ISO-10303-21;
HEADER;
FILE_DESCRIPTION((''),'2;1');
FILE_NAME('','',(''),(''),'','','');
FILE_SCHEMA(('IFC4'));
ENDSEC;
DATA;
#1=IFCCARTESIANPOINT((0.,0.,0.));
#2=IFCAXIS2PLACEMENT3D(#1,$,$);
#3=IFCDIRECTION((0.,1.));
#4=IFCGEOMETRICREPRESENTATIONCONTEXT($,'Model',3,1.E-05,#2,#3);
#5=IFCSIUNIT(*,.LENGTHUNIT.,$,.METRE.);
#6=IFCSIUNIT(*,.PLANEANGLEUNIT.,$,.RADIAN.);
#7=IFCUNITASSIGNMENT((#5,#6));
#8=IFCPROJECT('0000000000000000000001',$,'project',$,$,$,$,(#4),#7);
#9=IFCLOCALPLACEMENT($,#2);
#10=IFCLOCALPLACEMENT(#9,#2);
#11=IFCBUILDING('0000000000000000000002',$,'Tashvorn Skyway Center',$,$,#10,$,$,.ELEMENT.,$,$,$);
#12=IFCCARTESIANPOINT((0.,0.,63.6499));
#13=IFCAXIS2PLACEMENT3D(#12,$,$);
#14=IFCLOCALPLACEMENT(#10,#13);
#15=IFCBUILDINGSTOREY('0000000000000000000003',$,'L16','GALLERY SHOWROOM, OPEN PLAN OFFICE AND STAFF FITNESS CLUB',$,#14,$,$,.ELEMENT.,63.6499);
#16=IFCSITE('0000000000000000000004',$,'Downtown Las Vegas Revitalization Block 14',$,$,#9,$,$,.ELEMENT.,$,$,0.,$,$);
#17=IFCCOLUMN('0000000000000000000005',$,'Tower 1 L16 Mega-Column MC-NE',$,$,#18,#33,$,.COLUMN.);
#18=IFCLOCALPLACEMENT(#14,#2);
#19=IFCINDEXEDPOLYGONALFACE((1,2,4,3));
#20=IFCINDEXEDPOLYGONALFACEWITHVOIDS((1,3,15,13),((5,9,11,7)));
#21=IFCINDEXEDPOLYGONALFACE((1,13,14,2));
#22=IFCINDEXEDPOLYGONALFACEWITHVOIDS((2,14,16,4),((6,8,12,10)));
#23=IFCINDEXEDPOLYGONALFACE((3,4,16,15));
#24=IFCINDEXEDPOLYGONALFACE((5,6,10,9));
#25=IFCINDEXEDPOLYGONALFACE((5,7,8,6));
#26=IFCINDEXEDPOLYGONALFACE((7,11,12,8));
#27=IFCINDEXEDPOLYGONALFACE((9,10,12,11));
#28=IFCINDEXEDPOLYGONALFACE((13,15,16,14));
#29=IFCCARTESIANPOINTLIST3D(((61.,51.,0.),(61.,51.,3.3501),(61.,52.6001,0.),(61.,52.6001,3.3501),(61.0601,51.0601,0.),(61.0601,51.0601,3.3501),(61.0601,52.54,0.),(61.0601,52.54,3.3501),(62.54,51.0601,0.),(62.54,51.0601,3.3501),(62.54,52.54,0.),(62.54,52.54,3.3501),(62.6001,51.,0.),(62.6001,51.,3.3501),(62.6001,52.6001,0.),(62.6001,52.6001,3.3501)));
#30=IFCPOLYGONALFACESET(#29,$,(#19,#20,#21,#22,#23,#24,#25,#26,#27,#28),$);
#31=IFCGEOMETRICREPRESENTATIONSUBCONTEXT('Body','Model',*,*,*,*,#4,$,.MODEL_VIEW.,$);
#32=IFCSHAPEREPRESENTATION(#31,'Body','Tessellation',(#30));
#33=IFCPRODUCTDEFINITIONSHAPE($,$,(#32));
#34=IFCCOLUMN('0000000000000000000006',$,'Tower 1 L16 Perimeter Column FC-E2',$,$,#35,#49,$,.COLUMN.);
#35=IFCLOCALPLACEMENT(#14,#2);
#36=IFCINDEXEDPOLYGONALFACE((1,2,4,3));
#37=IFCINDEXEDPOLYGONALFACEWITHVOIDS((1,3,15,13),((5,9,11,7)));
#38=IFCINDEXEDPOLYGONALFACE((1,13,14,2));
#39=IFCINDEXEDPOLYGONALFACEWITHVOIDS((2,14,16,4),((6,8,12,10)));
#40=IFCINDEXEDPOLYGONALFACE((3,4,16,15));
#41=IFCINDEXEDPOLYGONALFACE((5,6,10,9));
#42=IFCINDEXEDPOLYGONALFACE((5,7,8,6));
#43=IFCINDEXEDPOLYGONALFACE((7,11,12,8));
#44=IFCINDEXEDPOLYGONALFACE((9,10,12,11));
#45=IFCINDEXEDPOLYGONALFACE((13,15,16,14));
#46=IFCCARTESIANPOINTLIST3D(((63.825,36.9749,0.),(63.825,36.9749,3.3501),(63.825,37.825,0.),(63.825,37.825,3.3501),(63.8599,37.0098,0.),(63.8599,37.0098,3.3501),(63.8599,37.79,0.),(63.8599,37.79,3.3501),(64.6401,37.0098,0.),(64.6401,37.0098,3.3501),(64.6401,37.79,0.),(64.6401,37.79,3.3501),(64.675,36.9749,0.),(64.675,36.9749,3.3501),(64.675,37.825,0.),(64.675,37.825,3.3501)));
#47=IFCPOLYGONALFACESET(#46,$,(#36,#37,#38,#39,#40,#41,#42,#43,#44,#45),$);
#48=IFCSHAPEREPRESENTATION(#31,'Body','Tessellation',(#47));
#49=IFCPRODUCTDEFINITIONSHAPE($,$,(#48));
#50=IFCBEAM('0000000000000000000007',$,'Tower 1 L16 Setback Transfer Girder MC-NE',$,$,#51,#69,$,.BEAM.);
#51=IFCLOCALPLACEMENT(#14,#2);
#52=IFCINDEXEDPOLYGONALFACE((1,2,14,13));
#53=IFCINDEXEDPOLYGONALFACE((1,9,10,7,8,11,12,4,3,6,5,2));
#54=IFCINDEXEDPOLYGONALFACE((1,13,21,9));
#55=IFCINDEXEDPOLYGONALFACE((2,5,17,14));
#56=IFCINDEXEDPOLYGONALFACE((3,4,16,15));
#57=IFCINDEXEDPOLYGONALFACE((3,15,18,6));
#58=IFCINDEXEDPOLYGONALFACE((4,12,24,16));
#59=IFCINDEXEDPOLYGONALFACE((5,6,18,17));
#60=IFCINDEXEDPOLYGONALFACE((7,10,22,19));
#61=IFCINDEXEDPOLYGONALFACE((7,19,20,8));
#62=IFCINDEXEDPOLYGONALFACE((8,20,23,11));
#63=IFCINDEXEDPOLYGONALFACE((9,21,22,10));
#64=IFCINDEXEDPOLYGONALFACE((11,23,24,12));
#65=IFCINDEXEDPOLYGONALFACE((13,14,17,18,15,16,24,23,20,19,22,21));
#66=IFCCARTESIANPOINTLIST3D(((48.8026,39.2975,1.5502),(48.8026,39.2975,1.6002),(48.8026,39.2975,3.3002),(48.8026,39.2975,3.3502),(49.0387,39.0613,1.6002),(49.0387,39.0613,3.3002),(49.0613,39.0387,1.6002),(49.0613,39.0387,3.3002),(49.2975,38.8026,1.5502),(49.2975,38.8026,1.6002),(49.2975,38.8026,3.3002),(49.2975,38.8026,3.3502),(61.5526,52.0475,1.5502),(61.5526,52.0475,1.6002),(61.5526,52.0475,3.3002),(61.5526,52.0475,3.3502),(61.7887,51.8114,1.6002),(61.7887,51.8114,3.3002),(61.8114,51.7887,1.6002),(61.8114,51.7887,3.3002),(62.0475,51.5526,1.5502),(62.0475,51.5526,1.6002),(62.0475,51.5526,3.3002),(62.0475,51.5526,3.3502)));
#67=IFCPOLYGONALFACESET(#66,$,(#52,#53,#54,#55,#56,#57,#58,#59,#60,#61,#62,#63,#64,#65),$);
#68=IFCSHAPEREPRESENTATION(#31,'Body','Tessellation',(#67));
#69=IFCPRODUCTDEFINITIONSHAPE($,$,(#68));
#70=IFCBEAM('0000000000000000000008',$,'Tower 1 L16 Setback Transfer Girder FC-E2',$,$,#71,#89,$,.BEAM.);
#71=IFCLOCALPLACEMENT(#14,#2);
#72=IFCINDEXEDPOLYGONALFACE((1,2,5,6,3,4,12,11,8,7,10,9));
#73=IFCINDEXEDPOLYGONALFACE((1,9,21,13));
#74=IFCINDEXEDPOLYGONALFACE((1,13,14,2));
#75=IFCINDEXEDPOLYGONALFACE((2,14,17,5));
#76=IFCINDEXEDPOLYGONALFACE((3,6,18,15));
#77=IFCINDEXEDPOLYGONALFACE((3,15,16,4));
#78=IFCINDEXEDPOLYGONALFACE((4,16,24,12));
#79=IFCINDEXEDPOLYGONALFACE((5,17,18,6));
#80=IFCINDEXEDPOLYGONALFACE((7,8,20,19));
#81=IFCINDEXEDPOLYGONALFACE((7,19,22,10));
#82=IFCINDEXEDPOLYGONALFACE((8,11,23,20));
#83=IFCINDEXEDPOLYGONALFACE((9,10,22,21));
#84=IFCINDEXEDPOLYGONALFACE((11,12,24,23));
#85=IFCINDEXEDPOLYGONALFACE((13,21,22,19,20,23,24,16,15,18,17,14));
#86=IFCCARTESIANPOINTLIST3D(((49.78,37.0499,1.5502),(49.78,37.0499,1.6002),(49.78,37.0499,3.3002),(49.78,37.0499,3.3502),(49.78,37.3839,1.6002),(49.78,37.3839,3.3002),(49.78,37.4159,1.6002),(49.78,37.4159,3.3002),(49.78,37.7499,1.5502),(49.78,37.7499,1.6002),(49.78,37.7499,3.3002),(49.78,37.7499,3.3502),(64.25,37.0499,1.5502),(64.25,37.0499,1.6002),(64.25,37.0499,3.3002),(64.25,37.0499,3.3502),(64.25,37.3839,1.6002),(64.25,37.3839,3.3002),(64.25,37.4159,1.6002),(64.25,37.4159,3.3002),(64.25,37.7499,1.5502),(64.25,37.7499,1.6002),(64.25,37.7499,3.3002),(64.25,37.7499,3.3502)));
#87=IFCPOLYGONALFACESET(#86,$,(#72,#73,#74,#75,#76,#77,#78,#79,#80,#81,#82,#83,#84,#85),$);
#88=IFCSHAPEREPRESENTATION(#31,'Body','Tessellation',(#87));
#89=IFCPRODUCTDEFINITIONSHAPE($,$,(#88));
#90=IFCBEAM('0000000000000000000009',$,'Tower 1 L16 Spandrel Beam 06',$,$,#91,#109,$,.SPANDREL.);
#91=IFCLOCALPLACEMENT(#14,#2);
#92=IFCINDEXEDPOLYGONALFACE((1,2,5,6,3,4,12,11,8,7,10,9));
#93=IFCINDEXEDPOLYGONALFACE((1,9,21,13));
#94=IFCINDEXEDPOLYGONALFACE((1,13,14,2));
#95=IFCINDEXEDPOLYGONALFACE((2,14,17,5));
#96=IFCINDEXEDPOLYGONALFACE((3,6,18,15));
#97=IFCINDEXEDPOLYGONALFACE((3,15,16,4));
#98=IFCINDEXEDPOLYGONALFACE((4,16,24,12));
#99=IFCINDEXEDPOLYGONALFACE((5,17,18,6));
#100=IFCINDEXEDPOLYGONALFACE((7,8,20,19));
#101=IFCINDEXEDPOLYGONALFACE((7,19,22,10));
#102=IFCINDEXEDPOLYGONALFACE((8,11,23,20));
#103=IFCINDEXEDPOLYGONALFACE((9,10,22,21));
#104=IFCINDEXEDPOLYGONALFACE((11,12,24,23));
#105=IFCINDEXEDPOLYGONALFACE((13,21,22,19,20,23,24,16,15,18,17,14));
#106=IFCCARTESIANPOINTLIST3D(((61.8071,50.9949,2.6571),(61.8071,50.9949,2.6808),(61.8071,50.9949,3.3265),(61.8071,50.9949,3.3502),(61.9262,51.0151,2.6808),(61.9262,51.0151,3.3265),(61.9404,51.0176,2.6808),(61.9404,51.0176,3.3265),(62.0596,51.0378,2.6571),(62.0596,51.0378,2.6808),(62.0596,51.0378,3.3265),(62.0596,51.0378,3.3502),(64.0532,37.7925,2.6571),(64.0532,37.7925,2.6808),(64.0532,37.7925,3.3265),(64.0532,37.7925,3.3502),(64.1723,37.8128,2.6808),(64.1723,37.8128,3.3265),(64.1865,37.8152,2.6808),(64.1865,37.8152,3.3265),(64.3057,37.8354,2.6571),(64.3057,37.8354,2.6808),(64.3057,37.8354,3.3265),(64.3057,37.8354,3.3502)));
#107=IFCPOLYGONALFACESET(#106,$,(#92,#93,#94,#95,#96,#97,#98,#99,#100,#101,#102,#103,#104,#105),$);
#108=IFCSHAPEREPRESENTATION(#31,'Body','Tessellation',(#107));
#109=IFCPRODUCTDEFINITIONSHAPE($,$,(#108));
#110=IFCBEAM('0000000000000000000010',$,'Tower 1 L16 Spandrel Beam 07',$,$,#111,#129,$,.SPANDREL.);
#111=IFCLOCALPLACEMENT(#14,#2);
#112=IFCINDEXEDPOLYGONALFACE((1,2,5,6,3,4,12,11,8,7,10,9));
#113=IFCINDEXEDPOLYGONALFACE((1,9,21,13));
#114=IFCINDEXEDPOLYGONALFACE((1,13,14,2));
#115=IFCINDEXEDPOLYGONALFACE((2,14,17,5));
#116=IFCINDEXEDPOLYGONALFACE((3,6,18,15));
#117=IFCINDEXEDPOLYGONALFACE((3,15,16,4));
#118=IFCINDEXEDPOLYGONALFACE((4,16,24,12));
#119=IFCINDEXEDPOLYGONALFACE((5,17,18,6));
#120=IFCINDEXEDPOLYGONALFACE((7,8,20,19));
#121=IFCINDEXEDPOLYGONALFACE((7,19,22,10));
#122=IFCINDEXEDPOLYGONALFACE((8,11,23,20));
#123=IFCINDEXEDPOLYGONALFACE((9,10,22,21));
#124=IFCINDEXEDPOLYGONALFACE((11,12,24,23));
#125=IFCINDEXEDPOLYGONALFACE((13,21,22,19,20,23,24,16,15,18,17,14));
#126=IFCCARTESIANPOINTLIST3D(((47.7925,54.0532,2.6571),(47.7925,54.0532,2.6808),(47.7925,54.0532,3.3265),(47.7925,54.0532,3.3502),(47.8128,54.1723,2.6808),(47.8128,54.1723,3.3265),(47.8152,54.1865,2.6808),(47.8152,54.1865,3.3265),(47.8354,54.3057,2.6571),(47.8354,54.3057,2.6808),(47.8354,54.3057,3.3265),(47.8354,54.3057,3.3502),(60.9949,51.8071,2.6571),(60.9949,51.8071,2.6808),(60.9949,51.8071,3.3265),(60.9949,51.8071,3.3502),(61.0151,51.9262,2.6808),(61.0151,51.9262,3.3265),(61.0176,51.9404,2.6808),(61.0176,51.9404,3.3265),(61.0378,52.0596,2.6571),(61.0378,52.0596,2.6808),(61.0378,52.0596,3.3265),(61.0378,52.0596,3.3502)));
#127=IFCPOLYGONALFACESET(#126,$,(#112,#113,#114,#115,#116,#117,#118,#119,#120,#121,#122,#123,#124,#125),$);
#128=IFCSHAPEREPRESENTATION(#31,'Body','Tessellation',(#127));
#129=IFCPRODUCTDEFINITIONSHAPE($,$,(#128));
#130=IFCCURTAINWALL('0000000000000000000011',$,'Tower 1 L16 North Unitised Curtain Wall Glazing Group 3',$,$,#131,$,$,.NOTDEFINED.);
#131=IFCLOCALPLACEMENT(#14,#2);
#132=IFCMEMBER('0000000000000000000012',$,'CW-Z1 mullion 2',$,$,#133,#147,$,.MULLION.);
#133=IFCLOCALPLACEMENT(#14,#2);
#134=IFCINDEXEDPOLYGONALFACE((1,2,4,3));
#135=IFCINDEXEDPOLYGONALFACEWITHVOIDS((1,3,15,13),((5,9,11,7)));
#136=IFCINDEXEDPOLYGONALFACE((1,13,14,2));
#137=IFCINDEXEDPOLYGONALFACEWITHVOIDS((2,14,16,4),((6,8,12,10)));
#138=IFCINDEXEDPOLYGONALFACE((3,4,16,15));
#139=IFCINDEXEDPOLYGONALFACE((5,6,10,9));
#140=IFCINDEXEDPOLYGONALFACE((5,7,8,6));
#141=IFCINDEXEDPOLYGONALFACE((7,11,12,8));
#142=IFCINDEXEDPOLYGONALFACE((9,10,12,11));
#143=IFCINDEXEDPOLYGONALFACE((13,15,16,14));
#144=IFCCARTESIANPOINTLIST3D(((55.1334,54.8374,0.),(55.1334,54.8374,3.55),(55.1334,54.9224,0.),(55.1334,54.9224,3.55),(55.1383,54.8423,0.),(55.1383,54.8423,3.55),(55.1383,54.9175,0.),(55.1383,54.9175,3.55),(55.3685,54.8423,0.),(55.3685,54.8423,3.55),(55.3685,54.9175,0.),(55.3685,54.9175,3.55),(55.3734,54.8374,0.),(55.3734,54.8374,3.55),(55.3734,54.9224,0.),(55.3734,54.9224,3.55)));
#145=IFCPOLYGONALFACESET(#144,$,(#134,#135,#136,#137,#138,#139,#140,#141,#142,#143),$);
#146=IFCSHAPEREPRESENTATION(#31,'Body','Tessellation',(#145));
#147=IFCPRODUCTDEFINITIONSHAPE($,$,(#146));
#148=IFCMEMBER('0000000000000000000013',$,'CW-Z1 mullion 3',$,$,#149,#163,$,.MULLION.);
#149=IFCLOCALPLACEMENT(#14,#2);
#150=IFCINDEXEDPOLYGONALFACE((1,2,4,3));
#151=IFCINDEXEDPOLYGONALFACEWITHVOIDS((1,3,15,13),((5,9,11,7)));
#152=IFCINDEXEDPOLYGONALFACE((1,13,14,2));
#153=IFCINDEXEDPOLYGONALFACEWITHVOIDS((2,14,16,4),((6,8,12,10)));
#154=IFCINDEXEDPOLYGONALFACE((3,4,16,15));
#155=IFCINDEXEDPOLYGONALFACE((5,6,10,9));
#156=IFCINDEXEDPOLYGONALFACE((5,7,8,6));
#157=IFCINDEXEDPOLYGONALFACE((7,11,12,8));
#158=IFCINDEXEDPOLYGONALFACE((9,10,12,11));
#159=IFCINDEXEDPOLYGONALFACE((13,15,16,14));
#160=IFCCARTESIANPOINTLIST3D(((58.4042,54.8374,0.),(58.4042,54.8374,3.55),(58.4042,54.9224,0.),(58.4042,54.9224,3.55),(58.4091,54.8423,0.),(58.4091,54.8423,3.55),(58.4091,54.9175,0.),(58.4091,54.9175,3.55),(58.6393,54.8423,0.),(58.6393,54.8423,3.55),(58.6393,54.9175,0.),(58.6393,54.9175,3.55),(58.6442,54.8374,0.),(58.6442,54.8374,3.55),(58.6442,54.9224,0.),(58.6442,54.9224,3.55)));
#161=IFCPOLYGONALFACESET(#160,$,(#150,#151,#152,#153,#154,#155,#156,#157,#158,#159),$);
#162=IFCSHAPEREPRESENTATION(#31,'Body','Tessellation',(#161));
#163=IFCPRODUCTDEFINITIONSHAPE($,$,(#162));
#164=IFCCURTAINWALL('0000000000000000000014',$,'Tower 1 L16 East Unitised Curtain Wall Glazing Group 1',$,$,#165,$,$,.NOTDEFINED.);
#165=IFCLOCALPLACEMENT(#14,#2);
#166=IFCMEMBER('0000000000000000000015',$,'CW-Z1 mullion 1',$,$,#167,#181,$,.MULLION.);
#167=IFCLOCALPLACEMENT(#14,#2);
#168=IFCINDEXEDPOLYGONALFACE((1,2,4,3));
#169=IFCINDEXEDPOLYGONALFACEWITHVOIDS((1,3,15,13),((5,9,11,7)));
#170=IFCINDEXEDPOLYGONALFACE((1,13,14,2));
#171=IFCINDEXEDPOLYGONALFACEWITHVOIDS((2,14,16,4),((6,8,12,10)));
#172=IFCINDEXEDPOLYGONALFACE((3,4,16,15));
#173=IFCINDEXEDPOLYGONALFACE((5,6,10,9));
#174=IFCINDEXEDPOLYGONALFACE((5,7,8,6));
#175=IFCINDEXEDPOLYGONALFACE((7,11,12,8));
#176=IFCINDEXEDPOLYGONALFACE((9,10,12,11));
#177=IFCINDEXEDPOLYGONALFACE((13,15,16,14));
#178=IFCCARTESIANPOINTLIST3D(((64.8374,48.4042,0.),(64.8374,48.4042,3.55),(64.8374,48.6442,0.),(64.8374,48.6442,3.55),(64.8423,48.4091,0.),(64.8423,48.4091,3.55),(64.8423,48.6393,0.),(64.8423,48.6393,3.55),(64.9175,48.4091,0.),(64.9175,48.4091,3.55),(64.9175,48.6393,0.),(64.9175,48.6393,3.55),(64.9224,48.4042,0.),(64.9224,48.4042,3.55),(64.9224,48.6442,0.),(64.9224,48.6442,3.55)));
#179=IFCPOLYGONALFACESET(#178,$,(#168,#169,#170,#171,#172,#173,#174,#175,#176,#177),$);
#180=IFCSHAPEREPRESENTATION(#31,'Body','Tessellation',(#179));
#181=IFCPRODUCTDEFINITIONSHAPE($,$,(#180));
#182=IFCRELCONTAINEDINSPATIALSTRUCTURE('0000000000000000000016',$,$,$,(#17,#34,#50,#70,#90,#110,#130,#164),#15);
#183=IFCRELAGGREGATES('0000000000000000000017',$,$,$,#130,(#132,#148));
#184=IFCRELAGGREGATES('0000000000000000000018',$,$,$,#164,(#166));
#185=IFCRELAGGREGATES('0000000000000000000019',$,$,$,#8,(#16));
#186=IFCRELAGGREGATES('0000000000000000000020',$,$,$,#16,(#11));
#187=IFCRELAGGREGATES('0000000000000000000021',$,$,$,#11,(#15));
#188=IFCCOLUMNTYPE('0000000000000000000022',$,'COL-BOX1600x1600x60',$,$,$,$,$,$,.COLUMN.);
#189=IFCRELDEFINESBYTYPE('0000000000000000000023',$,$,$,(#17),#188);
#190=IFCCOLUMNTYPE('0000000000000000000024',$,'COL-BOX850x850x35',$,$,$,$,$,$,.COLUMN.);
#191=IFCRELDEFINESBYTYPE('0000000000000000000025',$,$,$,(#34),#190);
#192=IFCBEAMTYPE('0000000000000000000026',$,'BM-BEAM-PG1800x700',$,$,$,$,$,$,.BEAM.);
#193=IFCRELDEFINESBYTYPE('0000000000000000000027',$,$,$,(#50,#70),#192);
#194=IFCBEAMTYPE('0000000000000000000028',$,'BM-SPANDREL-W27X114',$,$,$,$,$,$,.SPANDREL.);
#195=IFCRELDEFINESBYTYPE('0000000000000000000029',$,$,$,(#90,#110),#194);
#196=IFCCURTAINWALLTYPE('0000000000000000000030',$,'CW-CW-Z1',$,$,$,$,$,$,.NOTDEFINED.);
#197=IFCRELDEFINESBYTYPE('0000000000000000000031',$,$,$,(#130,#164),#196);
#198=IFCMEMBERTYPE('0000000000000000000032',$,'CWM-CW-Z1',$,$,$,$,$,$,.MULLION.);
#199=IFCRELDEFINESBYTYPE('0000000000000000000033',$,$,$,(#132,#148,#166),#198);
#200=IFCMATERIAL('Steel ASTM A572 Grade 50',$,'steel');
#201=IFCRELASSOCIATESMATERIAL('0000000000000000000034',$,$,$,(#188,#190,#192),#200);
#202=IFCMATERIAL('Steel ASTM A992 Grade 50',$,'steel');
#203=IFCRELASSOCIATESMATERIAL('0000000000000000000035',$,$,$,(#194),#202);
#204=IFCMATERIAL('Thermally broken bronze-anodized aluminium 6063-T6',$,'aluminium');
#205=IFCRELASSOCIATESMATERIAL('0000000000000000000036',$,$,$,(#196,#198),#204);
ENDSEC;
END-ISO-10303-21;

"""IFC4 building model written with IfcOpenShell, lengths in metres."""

from ifc_helpers import new_model, si_unit, direction, frame, origin, origin_2d, place, context, subcontext, project, spatial, hollow_rectangle, i_section, extrude, material, material_profile, profile_set, type_object, element, aggregate, save


model = new_model("IFC4")

# Units and contexts
model_context = context("Model", 3, precision=1e-05, world=origin(), true_north=direction((0.0, 1.0)))
body_context = subcontext(model_context, "Body", "Model", "MODEL_VIEW")
ifc_project = project(units=[si_unit("LENGTHUNIT", "METRE"), si_unit("PLANEANGLEUNIT", "RADIAN")], contexts=[model_context])

# Site, building, storey
site_placement = place(None, origin())
site = spatial("IfcSite", under=ifc_project, at=site_placement, Name="Downtown Las Vegas Revitalization Block 14", CompositionType="ELEMENT", RefElevation=0.0)
building_placement = place(site_placement, origin())
building = spatial("IfcBuilding", under=site, at=building_placement, Name="Tashvorn Skyway Center", CompositionType="ELEMENT")
storey_placement = place(building_placement, frame((0.0, 0.0, 63.6499)))
storey = spatial("IfcBuildingStorey", under=building, at=storey_placement, Name="L16", Description="GALLERY SHOWROOM, OPEN PLAN OFFICE AND STAFF FITNESS CLUB", CompositionType="ELEMENT", Elevation=63.6499)

# Columns
ifc_material_1 = material(Name="Steel ASTM A572 Grade 50", Category="steel")
ifc_material_profile_1 = material_profile(ifc_material_1, hollow_rectangle(XDim=1.6001, YDim=1.6001, WallThickness=0.0601, at=origin_2d()), Name="BOX1600x1600x60")
ifc_profile_set_1 = profile_set([ifc_material_profile_1], Name="Steel ASTM A572 Grade 50")
column_type_1 = type_object("IfcColumnType", Name="COL-BOX1600x1600x60", PredefinedType="COLUMN", material=ifc_profile_set_1)
column_1_placement = place(storey_placement, frame((61.8, 51.8, 0.0), z_axis=(0.0, 0.0, 1.0), x_axis=(1.0, 0.0, 0.0)))
element("IfcColumn", 1, at=column_1_placement, inside=storey, type_object=column_type_1, Name="Tower 1 L16 Mega-Column MC-NE", PredefinedType="COLUMN", context=body_context, shape_type="SweptSolid", body=[
    extrude(hollow_rectangle(XDim=1.6001, YDim=1.6001, WallThickness=0.0601, at=origin_2d()), origin(), (0.0, 0.0, 1.0), 3.3501),
])
ifc_material_profile_2 = material_profile(ifc_material_1, hollow_rectangle(XDim=0.8501, YDim=0.8501, WallThickness=0.0349, at=origin_2d()), Name="BOX850x850x35")
ifc_profile_set_2 = profile_set([ifc_material_profile_2], Name="Steel ASTM A572 Grade 50")
column_type_2 = type_object("IfcColumnType", Name="COL-BOX850x850x35", PredefinedType="COLUMN", material=ifc_profile_set_2)
column_2_placement = place(storey_placement, frame((64.25, 37.3999, 0.0), z_axis=(0.0, 0.0, 1.0), x_axis=(1.0, 0.0, 0.0)))
element("IfcColumn", 2, at=column_2_placement, inside=storey, type_object=column_type_2, Name="Tower 1 L16 Perimeter Column FC-E2", PredefinedType="COLUMN", context=body_context, shape_type="SweptSolid", body=[
    extrude(hollow_rectangle(XDim=0.8501, YDim=0.8501, WallThickness=0.0349, at=origin_2d()), origin(), (0.0, 0.0, 1.0), 3.3501),
])

# Beams
ifc_material_profile_3 = material_profile(ifc_material_1, i_section(OverallWidth=0.7, OverallDepth=1.8, WebThickness=0.032, FlangeThickness=0.05, at=origin_2d()), Name="PG1800x700")
ifc_profile_set_3 = profile_set([ifc_material_profile_3], Name="Steel ASTM A572 Grade 50")
beam_type_1 = type_object("IfcBeamType", Name="BM-BEAM-PG1800x700", PredefinedType="BEAM", material=ifc_profile_set_3)
beam_1_placement = place(storey_placement, frame((61.8, 51.8, 2.4502), z_axis=(-0.707107, -0.707107, 0.0), x_axis=(0.707107, -0.707107, 0.0)))
element("IfcBeam", 3, at=beam_1_placement, inside=storey, type_object=beam_type_1, Name="Tower 1 L16 Setback Transfer Girder MC-NE", PredefinedType="BEAM", context=body_context, shape_type="SweptSolid", body=[
    extrude(i_section(OverallWidth=0.7, OverallDepth=1.8, WebThickness=0.032, FlangeThickness=0.05, at=origin_2d()), origin(), (0.0, 0.0, 1.0), 18.0312),
])
beam_2_placement = place(storey_placement, frame((64.25, 37.3999, 2.4502), z_axis=(-1.0, 0.0, 0.0), x_axis=(0.0, -1.0, 0.0)))
element("IfcBeam", 4, at=beam_2_placement, inside=storey, type_object=beam_type_1, Name="Tower 1 L16 Setback Transfer Girder FC-E2", PredefinedType="BEAM", context=body_context, shape_type="SweptSolid", body=[
    extrude(i_section(OverallWidth=0.7, OverallDepth=1.8, WebThickness=0.032, FlangeThickness=0.05, at=origin_2d()), origin(), (0.0, 0.0, 1.0), 14.47),
])
ifc_material_2 = material(Name="Steel ASTM A992 Grade 50", Category="steel")
ifc_material_profile_4 = material_profile(ifc_material_2, i_section(OverallWidth=0.2561, OverallDepth=0.6931, WebThickness=0.0144, FlangeThickness=0.0237, at=origin_2d()), Name="W27X114")
ifc_profile_set_4 = profile_set([ifc_material_profile_4], Name="Steel ASTM A992 Grade 50")
beam_type_2 = type_object("IfcBeamType", Name="BM-SPANDREL-W27X114", PredefinedType="SPANDREL", material=ifc_profile_set_4)
for number, where, z_axis, x_axis, name in (
    (5, (64.1794, 37.814, 3.0037), (-0.167718, 0.985835, 0.0), (-0.985835, -0.167718, 0.0), "Tower 1 L16 Spandrel Beam 06"),
    (6, (61.0164, 51.9333, 3.0037), (-0.985835, 0.167718, 0.0), (-0.167718, -0.985835, 0.0), "Tower 1 L16 Spandrel Beam 07"),
):
    element("IfcBeam", number, at=place(storey_placement, frame(where, z_axis=z_axis, x_axis=x_axis)), inside=storey, type_object=beam_type_2, Name=name, PredefinedType="SPANDREL", context=body_context, shape_type="SweptSolid", body=[
        extrude(i_section(OverallWidth=0.2561, OverallDepth=0.6931, WebThickness=0.0144, FlangeThickness=0.0237, at=origin_2d()), origin(), (0.0, 0.0, 1.0), 13.3921),
    ])

# Curtain walls, members
ifc_material_3 = material(Name="Thermally broken bronze-anodized aluminium 6063-T6", Category="aluminium")
curtain_wall_type = type_object("IfcCurtainWallType", Name="CW-CW-Z1", PredefinedType="NOTDEFINED", material=ifc_material_3)
curtain_wall_1_placement = place(storey_placement, origin())
curtain_wall_1 = element("IfcCurtainWall", 7, at=curtain_wall_1_placement, inside=storey, type_object=curtain_wall_type, Name="Tower 1 L16 North Unitised Curtain Wall Glazing Group 3", PredefinedType="NOTDEFINED")
ifc_material_profile_5 = material_profile(ifc_material_3, hollow_rectangle(XDim=0.085, YDim=0.24, WallThickness=0.0049, at=origin_2d()), Name="ALU-MULL-85x240")
ifc_profile_set_5 = profile_set([ifc_material_profile_5], Name="Thermally broken bronze-anodized aluminium 6063-T6")
member_type_1 = type_object("IfcMemberType", Name="CWM-CW-Z1", PredefinedType="MULLION", material=ifc_profile_set_5)
member_1_placement = place(storey_placement, frame((55.2534, 54.8799, 0.0), z_axis=(0.0, 0.0, 1.0), x_axis=(0.0, 1.0, 0.0)))
member_1 = element("IfcMember", 8, at=member_1_placement, type_object=member_type_1, Name="CW-Z1 mullion 2", PredefinedType="MULLION", context=body_context, shape_type="SweptSolid", body=[
    extrude(hollow_rectangle(XDim=0.085, YDim=0.24, WallThickness=0.0049, at=origin_2d()), origin(), (0.0, 0.0, 1.0), 3.55),
])
member_2_placement = place(storey_placement, frame((58.5242, 54.8799, 0.0), z_axis=(0.0, 0.0, 1.0), x_axis=(0.0, 1.0, 0.0)))
member_2 = element("IfcMember", 9, at=member_2_placement, type_object=member_type_1, Name="CW-Z1 mullion 3", PredefinedType="MULLION", context=body_context, shape_type="SweptSolid", body=[
    extrude(hollow_rectangle(XDim=0.085, YDim=0.24, WallThickness=0.0049, at=origin_2d()), origin(), (0.0, 0.0, 1.0), 3.55),
])
curtain_wall_2_placement = place(storey_placement, origin())
curtain_wall_2 = element("IfcCurtainWall", 10, at=curtain_wall_2_placement, inside=storey, type_object=curtain_wall_type, Name="Tower 1 L16 East Unitised Curtain Wall Glazing Group 1", PredefinedType="NOTDEFINED")
member_3_placement = place(storey_placement, frame((64.8799, 48.5242, 0.0), z_axis=(0.0, 0.0, 1.0), x_axis=(1.0, 0.0, 0.0)))
member_3 = element("IfcMember", 11, at=member_3_placement, type_object=member_type_1, Name="CW-Z1 mullion 1", PredefinedType="MULLION", context=body_context, shape_type="SweptSolid", body=[
    extrude(hollow_rectangle(XDim=0.085, YDim=0.24, WallThickness=0.0049, at=origin_2d()), origin(), (0.0, 0.0, 1.0), 3.55),
])

aggregate(curtain_wall_1, [member_1, member_2])
aggregate(curtain_wall_2, [member_3])

save(model, "model.ifc")
